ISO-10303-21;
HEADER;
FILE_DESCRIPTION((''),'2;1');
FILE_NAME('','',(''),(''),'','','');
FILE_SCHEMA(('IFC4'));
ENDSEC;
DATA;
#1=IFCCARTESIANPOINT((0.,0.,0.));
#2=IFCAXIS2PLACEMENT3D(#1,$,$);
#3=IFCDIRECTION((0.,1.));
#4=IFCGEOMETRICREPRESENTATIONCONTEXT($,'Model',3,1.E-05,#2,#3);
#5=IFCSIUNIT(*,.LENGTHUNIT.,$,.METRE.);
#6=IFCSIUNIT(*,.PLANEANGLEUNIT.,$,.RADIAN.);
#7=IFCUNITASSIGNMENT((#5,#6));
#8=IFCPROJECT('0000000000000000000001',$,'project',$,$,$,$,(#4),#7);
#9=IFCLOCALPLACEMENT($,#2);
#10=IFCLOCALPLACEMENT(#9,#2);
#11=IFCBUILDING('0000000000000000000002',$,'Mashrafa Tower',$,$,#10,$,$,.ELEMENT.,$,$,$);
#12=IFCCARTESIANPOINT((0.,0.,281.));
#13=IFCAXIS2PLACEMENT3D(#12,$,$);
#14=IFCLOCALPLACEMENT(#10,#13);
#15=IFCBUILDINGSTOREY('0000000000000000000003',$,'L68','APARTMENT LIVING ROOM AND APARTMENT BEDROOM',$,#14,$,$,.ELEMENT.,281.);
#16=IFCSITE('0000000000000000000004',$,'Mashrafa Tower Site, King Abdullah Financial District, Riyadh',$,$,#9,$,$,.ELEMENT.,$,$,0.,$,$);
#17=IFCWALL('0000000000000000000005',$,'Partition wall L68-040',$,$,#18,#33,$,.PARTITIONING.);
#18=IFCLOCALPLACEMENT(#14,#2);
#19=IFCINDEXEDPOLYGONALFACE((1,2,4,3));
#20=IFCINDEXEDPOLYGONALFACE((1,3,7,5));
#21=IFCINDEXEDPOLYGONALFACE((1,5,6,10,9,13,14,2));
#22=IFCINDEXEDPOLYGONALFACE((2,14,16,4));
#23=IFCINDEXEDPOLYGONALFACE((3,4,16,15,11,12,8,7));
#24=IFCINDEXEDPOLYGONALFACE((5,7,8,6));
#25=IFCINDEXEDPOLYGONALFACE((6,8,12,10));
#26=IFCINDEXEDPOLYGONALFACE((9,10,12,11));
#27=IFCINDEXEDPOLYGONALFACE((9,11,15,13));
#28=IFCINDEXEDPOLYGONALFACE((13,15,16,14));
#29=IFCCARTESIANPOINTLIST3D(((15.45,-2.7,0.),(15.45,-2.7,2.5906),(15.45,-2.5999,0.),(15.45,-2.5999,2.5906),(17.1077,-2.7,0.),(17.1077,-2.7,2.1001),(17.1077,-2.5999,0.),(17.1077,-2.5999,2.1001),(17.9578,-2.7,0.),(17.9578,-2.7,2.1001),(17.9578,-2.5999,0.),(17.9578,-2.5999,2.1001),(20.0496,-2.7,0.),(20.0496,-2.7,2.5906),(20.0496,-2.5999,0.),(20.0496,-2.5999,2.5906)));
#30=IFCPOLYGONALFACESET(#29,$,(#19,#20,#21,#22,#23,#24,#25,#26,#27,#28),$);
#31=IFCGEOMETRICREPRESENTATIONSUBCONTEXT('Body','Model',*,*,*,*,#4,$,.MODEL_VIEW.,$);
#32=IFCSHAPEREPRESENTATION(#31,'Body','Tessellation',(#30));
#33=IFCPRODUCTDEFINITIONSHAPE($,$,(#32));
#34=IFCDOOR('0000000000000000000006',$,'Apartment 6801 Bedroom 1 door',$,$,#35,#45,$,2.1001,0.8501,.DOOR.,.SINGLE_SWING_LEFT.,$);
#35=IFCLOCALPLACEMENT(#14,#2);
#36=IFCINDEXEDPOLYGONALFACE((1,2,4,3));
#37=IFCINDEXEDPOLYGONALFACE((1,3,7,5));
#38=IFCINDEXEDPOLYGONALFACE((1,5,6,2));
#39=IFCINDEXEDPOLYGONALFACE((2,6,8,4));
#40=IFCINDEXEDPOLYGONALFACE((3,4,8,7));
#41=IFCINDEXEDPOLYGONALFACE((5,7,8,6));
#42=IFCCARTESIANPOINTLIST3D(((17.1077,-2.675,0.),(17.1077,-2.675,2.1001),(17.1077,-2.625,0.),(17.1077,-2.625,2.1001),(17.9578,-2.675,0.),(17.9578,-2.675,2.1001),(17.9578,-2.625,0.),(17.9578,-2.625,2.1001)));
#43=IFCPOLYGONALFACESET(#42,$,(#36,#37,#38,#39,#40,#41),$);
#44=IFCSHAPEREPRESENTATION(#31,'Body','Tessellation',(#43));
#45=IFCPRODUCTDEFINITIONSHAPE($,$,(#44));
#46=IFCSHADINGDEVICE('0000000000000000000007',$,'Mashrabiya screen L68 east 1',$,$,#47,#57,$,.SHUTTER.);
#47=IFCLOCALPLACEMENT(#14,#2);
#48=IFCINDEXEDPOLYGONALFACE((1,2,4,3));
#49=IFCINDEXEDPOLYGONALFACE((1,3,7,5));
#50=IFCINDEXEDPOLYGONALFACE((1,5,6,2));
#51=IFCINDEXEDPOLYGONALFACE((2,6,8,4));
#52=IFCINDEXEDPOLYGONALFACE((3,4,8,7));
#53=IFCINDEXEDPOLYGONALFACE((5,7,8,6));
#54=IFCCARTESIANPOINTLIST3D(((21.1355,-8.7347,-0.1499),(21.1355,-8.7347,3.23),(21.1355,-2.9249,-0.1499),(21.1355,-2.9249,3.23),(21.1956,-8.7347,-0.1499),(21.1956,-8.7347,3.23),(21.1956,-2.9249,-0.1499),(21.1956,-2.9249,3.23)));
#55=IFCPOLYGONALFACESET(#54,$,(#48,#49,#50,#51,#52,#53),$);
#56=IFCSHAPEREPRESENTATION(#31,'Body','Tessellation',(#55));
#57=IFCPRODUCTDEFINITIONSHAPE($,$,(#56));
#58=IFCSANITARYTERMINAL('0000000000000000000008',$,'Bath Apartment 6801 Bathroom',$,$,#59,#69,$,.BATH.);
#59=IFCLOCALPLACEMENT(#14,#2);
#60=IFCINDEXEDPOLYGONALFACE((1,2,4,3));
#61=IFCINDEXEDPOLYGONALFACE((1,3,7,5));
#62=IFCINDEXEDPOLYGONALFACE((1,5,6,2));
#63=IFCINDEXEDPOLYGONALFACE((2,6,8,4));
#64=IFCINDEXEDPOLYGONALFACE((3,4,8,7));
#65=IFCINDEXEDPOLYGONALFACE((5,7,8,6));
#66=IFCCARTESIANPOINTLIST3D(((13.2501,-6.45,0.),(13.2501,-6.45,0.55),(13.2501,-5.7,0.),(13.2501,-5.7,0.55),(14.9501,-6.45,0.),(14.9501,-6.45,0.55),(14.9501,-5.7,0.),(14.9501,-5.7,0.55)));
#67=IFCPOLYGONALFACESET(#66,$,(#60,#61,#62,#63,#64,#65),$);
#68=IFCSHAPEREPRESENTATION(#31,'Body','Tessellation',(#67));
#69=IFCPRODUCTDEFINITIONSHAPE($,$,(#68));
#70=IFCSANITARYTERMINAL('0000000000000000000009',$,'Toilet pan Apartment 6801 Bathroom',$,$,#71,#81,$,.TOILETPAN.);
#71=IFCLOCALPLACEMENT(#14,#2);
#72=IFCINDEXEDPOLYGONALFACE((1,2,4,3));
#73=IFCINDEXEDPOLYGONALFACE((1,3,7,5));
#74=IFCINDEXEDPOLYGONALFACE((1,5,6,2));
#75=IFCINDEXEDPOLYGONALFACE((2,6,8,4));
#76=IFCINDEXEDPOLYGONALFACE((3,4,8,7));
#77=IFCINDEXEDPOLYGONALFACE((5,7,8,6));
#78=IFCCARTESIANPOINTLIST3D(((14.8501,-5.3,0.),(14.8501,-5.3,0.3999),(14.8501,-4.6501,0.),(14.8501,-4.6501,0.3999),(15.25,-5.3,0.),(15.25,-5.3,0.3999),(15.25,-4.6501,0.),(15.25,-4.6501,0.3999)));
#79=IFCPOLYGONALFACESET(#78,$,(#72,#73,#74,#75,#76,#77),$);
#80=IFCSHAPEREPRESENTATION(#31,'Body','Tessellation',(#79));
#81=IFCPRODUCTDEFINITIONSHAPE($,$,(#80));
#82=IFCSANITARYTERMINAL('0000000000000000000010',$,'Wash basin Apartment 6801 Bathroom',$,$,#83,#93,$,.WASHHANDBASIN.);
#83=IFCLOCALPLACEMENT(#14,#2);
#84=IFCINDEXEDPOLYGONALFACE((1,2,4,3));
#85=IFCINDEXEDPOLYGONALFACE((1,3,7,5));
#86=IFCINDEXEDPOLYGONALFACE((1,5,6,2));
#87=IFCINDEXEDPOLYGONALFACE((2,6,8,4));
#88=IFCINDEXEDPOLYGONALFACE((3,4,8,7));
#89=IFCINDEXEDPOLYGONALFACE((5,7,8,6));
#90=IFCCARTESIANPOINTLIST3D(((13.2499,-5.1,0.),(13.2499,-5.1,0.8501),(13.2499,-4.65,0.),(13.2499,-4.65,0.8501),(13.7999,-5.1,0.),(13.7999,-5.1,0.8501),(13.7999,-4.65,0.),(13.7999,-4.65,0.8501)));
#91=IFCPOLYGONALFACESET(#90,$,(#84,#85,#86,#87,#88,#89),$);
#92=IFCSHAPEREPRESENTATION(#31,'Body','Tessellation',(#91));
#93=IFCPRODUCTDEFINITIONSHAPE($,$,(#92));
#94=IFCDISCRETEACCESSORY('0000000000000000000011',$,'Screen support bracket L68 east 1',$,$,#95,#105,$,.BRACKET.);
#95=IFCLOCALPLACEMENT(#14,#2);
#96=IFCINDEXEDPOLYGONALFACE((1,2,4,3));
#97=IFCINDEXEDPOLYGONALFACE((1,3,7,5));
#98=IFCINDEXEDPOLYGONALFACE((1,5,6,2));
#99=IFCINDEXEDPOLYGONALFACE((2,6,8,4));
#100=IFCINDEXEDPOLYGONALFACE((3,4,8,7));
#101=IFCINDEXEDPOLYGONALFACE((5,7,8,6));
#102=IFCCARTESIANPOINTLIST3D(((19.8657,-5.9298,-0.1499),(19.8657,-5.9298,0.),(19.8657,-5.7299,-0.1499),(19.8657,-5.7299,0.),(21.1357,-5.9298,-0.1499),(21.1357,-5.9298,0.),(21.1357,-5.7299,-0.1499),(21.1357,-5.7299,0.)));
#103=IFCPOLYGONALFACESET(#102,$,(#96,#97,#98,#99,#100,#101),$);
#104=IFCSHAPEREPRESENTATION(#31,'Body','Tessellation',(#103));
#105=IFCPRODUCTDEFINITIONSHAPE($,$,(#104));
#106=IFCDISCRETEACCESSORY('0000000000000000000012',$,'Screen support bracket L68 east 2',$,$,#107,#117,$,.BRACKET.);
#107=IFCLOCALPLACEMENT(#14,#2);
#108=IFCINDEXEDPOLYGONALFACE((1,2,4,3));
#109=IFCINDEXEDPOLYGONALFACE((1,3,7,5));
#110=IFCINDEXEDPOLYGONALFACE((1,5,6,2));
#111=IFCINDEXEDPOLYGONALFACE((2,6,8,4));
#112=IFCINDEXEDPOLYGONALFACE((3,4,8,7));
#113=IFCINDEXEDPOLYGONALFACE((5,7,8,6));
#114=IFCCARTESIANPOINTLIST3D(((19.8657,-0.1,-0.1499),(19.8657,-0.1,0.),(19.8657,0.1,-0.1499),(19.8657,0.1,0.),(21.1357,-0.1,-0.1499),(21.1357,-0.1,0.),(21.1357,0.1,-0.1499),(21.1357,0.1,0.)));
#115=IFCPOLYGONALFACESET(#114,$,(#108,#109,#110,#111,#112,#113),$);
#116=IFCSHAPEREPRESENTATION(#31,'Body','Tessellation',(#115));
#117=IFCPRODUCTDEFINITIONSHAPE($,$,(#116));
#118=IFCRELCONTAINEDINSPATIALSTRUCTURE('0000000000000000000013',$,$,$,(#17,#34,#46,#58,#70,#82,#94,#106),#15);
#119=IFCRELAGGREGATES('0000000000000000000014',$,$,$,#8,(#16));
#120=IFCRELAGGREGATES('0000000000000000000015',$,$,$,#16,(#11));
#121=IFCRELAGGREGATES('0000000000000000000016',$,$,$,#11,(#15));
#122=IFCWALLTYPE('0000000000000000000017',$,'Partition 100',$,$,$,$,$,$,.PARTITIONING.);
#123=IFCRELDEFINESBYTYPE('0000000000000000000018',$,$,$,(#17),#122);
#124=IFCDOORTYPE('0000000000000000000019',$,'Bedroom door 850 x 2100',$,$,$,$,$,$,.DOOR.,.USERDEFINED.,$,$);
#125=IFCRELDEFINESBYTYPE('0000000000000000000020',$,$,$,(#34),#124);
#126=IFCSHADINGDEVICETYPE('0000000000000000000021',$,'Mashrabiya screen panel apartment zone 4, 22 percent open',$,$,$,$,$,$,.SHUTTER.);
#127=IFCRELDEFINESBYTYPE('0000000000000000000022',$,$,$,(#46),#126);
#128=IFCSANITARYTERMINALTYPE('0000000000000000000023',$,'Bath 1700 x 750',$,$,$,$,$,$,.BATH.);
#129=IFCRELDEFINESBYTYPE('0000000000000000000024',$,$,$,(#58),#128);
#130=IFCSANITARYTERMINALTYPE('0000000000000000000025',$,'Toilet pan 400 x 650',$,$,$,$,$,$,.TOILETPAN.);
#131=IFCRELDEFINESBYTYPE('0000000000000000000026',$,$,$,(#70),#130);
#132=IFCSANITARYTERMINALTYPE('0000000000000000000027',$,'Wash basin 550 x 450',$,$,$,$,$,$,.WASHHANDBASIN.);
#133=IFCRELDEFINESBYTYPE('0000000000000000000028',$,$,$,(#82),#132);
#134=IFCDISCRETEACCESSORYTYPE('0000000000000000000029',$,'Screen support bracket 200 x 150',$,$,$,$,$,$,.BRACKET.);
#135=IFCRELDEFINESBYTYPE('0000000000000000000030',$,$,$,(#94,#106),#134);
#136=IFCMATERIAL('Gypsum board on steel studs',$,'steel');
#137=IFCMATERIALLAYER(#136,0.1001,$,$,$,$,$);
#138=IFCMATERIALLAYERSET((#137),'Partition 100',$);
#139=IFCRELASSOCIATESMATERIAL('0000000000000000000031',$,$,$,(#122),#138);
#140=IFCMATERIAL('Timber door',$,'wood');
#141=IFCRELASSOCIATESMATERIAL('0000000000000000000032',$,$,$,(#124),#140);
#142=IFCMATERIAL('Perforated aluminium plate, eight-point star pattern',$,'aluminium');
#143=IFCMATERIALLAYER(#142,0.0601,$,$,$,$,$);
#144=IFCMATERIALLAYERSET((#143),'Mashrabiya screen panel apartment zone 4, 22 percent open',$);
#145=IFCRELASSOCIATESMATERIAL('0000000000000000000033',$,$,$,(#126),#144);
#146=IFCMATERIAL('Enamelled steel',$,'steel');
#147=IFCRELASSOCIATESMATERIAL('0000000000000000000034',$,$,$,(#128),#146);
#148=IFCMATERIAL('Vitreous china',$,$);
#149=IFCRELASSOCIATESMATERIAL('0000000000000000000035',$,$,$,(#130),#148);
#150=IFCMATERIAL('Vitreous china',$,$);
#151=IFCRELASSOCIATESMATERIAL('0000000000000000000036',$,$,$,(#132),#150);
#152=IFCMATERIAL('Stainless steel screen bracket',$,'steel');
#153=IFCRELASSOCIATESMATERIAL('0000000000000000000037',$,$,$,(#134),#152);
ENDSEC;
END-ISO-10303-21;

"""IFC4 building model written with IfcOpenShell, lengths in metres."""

from ifc_helpers import new_model, si_unit, direction, frame, frame_2d, origin, origin_2d, place, context, subcontext, project, spatial, rectangle, extrude, source, transform, mapped, material, layer, layer_set, type_object, type_shapes, element, fill, save


model = new_model("IFC4")

# Units and contexts
model_context = context("Model", 3, precision=1e-05, world=origin(), true_north=direction((0.0, 1.0)))
body_context = subcontext(model_context, "Body", "Model", "MODEL_VIEW")
ifc_project = project(units=[si_unit("LENGTHUNIT", "METRE"), si_unit("PLANEANGLEUNIT", "RADIAN")], contexts=[model_context])

# Site, building, storey
site_placement = place(None, origin())
site = spatial("IfcSite", under=ifc_project, at=site_placement, Name="Mashrafa Tower Site, King Abdullah Financial District, Riyadh", CompositionType="ELEMENT", RefElevation=0.0)
building_placement = place(site_placement, origin())
building = spatial("IfcBuilding", under=site, at=building_placement, Name="Mashrafa Tower", CompositionType="ELEMENT")
storey_placement = place(building_placement, frame((0.0, 0.0, 281.0)))
storey = spatial("IfcBuildingStorey", under=building, at=storey_placement, Name="L68", Description="APARTMENT LIVING ROOM AND APARTMENT BEDROOM", CompositionType="ELEMENT", Elevation=281.0)

# Shared definitions
ifc_material_1 = material(Name="Gypsum board on steel studs", Category="steel")
ifc_layer_1 = layer(ifc_material_1, 0.1001)
ifc_layer_set_1 = layer_set([ifc_layer_1], Name="Partition 100")
wall_type_1 = type_object("IfcWallType", Name="Partition 100", PredefinedType="PARTITIONING", material=ifc_layer_set_1)

# Wall, opening, door
wall_1_placement = place(storey_placement, frame((15.45, -2.6499, 0.0), z_axis=(0.0, 0.0, 1.0), x_axis=(1.0, 0.0, 0.0)))
wall_1 = element("IfcWall", 1, at=wall_1_placement, inside=storey, type_object=wall_type_1, Name="Partition wall L68-040", PredefinedType="PARTITIONING", context=body_context, shape_type="SweptSolid", body=[
    extrude(rectangle(XDim=4.5996, YDim=0.1001, at=frame_2d((2.2998, 0.0))), origin(), (0.0, 0.0, 1.0), 2.5906),
])
opening_1_placement = place(wall_1_placement, frame((1.6577, 0.0, 0.0)))
opening_1 = element("IfcOpeningElement", 2, at=opening_1_placement, cuts=wall_1, PredefinedType="OPENING", context=body_context, shape_type="SweptSolid", body=[
    extrude(rectangle(XDim=0.8501, YDim=2.1001, at=frame_2d((0.425, 1.05))), frame((0.0, 0.0601, 0.0), z_axis=(0.0, -1.0, 0.0), x_axis=(1.0, 0.0, 0.0)), (0.0, 0.0, 1.0), 0.1201),
])
ifc_material_2 = material(Name="Timber door", Category="wood")
door_type_1 = type_object("IfcDoorType", Name="Bedroom door 850 x 2100", OperationType="USERDEFINED", PredefinedType="DOOR", material=ifc_material_2)
door_1_placement = place(opening_1_placement, origin())
door_1 = element("IfcDoor", 3, at=door_1_placement, inside=storey, type_object=door_type_1, Name="Apartment 6801 Bedroom 1 door", OperationType="SINGLE_SWING_LEFT", OverallHeight=2.1001, OverallWidth=0.8501, PredefinedType="DOOR", context=body_context, shape_type="SweptSolid", body=[
    extrude(rectangle(XDim=0.8501, YDim=2.1001, at=frame_2d((0.425, 1.05))), frame((0.0, 0.0249, 0.0), z_axis=(0.0, -1.0, 0.0), x_axis=(1.0, 0.0, 0.0)), (0.0, 0.0, 1.0), 0.05),
])
fill(opening_1, door_1)

# Shading device
ifc_material_3 = material(Name="Perforated aluminium plate, eight-point star pattern", Category="aluminium")
ifc_layer_2 = layer(ifc_material_3, 0.0601)
ifc_layer_set_2 = layer_set([ifc_layer_2], Name="Mashrabiya screen panel apartment zone 4, 22 percent open")
shading_device_type = type_object("IfcShadingDeviceType", Name="Mashrabiya screen panel apartment zone 4, 22 percent open", PredefinedType="SHUTTER", material=ifc_layer_set_2)
shared_shape_1 = source(origin(), body_context, "Body", "SweptSolid", [
    extrude(rectangle(XDim=5.8098, YDim=0.0601, at=origin_2d()), origin(), (0.0, 0.0, 1.0), 3.3799),
])
type_shapes(shading_device_type, [shared_shape_1])
shading_device_placement = place(storey_placement, frame((21.1655, -5.8298, -0.1499), z_axis=(0.0, 0.0, 1.0), x_axis=(0.0, 1.0, 0.0)))
element("IfcShadingDevice", 4, at=shading_device_placement, inside=storey, type_object=shading_device_type, Name="Mashrabiya screen L68 east 1", PredefinedType="SHUTTER", context=body_context, shape_type="MappedRepresentation", body=[
    mapped(shared_shape_1, transform((0.0, 0.0, 0.0))),
])

# Sanitary terminals
ifc_material_4 = material(Name="Enamelled steel", Category="steel")
sanitary_terminal_type_1 = type_object("IfcSanitaryTerminalType", Name="Bath 1700 x 750", PredefinedType="BATH", material=ifc_material_4)
sanitary_terminal_1_placement = place(storey_placement, frame((14.1001, -6.075, 0.0), z_axis=(0.0, 0.0, 1.0), x_axis=(1.0, 0.0, 0.0)))
element("IfcSanitaryTerminal", 5, at=sanitary_terminal_1_placement, inside=storey, type_object=sanitary_terminal_type_1, Name="Bath Apartment 6801 Bathroom", PredefinedType="BATH", context=body_context, shape_type="SweptSolid", body=[
    extrude(rectangle(XDim=1.7, YDim=0.75, at=origin_2d()), origin(), (0.0, 0.0, 1.0), 0.55),
])
ifc_material_5 = material(Name="Vitreous china")
sanitary_terminal_type_2 = type_object("IfcSanitaryTerminalType", Name="Toilet pan 400 x 650", PredefinedType="TOILETPAN", material=ifc_material_5)
sanitary_terminal_2_placement = place(storey_placement, frame((15.05, -4.9751, 0.0), z_axis=(0.0, 0.0, 1.0), x_axis=(-1.0, 0.0, 0.0)))
element("IfcSanitaryTerminal", 6, at=sanitary_terminal_2_placement, inside=storey, type_object=sanitary_terminal_type_2, Name="Toilet pan Apartment 6801 Bathroom", PredefinedType="TOILETPAN", context=body_context, shape_type="SweptSolid", body=[
    extrude(rectangle(XDim=0.3999, YDim=0.6499, at=origin_2d()), origin(), (0.0, 0.0, 1.0), 0.3999),
])
ifc_material_6 = material(Name="Vitreous china")
sanitary_terminal_type_3 = type_object("IfcSanitaryTerminalType", Name="Wash basin 550 x 450", PredefinedType="WASHHANDBASIN", material=ifc_material_6)
sanitary_terminal_3_placement = place(storey_placement, frame((13.5249, -4.875, 0.0), z_axis=(0.0, 0.0, 1.0), x_axis=(-1.0, 0.0, 0.0)))
element("IfcSanitaryTerminal", 7, at=sanitary_terminal_3_placement, inside=storey, type_object=sanitary_terminal_type_3, Name="Wash basin Apartment 6801 Bathroom", PredefinedType="WASHHANDBASIN", context=body_context, shape_type="SweptSolid", body=[
    extrude(rectangle(XDim=0.55, YDim=0.45, at=origin_2d()), origin(), (0.0, 0.0, 1.0), 0.8501),
])

# Discrete accessories
ifc_material_7 = material(Name="Stainless steel screen bracket", Category="steel")
discrete_accessory_type = type_object("IfcDiscreteAccessoryType", Name="Screen support bracket 200 x 150", PredefinedType="BRACKET", material=ifc_material_7)
shared_shape_2 = source(origin(), body_context, "Body", "SweptSolid", [
    extrude(rectangle(XDim=0.2, YDim=1.27, at=origin_2d()), origin(), (0.0, 0.0, 1.0), 0.1499),
])
type_shapes(discrete_accessory_type, [shared_shape_2])
for number, where, z_axis, x_axis, name in (
    (8, (20.5007, -5.8298, -0.1499), (0.0, 0.0, 1.0), (0.0, 1.0, 0.0), "Screen support bracket L68 east 1"),
    (9, (20.5007, 0.0, -0.1499), (0.0, 0.0, 1.0), (0.0, 1.0, 0.0), "Screen support bracket L68 east 2"),
):
    element("IfcDiscreteAccessory", number, at=place(storey_placement, frame(where, z_axis=z_axis, x_axis=x_axis)), inside=storey, type_object=discrete_accessory_type, Name=name, PredefinedType="BRACKET", context=body_context, shape_type="MappedRepresentation", body=[
        mapped(shared_shape_2, transform((0.0, 0.0, 0.0))),
    ])

save(model, "model.ifc")
